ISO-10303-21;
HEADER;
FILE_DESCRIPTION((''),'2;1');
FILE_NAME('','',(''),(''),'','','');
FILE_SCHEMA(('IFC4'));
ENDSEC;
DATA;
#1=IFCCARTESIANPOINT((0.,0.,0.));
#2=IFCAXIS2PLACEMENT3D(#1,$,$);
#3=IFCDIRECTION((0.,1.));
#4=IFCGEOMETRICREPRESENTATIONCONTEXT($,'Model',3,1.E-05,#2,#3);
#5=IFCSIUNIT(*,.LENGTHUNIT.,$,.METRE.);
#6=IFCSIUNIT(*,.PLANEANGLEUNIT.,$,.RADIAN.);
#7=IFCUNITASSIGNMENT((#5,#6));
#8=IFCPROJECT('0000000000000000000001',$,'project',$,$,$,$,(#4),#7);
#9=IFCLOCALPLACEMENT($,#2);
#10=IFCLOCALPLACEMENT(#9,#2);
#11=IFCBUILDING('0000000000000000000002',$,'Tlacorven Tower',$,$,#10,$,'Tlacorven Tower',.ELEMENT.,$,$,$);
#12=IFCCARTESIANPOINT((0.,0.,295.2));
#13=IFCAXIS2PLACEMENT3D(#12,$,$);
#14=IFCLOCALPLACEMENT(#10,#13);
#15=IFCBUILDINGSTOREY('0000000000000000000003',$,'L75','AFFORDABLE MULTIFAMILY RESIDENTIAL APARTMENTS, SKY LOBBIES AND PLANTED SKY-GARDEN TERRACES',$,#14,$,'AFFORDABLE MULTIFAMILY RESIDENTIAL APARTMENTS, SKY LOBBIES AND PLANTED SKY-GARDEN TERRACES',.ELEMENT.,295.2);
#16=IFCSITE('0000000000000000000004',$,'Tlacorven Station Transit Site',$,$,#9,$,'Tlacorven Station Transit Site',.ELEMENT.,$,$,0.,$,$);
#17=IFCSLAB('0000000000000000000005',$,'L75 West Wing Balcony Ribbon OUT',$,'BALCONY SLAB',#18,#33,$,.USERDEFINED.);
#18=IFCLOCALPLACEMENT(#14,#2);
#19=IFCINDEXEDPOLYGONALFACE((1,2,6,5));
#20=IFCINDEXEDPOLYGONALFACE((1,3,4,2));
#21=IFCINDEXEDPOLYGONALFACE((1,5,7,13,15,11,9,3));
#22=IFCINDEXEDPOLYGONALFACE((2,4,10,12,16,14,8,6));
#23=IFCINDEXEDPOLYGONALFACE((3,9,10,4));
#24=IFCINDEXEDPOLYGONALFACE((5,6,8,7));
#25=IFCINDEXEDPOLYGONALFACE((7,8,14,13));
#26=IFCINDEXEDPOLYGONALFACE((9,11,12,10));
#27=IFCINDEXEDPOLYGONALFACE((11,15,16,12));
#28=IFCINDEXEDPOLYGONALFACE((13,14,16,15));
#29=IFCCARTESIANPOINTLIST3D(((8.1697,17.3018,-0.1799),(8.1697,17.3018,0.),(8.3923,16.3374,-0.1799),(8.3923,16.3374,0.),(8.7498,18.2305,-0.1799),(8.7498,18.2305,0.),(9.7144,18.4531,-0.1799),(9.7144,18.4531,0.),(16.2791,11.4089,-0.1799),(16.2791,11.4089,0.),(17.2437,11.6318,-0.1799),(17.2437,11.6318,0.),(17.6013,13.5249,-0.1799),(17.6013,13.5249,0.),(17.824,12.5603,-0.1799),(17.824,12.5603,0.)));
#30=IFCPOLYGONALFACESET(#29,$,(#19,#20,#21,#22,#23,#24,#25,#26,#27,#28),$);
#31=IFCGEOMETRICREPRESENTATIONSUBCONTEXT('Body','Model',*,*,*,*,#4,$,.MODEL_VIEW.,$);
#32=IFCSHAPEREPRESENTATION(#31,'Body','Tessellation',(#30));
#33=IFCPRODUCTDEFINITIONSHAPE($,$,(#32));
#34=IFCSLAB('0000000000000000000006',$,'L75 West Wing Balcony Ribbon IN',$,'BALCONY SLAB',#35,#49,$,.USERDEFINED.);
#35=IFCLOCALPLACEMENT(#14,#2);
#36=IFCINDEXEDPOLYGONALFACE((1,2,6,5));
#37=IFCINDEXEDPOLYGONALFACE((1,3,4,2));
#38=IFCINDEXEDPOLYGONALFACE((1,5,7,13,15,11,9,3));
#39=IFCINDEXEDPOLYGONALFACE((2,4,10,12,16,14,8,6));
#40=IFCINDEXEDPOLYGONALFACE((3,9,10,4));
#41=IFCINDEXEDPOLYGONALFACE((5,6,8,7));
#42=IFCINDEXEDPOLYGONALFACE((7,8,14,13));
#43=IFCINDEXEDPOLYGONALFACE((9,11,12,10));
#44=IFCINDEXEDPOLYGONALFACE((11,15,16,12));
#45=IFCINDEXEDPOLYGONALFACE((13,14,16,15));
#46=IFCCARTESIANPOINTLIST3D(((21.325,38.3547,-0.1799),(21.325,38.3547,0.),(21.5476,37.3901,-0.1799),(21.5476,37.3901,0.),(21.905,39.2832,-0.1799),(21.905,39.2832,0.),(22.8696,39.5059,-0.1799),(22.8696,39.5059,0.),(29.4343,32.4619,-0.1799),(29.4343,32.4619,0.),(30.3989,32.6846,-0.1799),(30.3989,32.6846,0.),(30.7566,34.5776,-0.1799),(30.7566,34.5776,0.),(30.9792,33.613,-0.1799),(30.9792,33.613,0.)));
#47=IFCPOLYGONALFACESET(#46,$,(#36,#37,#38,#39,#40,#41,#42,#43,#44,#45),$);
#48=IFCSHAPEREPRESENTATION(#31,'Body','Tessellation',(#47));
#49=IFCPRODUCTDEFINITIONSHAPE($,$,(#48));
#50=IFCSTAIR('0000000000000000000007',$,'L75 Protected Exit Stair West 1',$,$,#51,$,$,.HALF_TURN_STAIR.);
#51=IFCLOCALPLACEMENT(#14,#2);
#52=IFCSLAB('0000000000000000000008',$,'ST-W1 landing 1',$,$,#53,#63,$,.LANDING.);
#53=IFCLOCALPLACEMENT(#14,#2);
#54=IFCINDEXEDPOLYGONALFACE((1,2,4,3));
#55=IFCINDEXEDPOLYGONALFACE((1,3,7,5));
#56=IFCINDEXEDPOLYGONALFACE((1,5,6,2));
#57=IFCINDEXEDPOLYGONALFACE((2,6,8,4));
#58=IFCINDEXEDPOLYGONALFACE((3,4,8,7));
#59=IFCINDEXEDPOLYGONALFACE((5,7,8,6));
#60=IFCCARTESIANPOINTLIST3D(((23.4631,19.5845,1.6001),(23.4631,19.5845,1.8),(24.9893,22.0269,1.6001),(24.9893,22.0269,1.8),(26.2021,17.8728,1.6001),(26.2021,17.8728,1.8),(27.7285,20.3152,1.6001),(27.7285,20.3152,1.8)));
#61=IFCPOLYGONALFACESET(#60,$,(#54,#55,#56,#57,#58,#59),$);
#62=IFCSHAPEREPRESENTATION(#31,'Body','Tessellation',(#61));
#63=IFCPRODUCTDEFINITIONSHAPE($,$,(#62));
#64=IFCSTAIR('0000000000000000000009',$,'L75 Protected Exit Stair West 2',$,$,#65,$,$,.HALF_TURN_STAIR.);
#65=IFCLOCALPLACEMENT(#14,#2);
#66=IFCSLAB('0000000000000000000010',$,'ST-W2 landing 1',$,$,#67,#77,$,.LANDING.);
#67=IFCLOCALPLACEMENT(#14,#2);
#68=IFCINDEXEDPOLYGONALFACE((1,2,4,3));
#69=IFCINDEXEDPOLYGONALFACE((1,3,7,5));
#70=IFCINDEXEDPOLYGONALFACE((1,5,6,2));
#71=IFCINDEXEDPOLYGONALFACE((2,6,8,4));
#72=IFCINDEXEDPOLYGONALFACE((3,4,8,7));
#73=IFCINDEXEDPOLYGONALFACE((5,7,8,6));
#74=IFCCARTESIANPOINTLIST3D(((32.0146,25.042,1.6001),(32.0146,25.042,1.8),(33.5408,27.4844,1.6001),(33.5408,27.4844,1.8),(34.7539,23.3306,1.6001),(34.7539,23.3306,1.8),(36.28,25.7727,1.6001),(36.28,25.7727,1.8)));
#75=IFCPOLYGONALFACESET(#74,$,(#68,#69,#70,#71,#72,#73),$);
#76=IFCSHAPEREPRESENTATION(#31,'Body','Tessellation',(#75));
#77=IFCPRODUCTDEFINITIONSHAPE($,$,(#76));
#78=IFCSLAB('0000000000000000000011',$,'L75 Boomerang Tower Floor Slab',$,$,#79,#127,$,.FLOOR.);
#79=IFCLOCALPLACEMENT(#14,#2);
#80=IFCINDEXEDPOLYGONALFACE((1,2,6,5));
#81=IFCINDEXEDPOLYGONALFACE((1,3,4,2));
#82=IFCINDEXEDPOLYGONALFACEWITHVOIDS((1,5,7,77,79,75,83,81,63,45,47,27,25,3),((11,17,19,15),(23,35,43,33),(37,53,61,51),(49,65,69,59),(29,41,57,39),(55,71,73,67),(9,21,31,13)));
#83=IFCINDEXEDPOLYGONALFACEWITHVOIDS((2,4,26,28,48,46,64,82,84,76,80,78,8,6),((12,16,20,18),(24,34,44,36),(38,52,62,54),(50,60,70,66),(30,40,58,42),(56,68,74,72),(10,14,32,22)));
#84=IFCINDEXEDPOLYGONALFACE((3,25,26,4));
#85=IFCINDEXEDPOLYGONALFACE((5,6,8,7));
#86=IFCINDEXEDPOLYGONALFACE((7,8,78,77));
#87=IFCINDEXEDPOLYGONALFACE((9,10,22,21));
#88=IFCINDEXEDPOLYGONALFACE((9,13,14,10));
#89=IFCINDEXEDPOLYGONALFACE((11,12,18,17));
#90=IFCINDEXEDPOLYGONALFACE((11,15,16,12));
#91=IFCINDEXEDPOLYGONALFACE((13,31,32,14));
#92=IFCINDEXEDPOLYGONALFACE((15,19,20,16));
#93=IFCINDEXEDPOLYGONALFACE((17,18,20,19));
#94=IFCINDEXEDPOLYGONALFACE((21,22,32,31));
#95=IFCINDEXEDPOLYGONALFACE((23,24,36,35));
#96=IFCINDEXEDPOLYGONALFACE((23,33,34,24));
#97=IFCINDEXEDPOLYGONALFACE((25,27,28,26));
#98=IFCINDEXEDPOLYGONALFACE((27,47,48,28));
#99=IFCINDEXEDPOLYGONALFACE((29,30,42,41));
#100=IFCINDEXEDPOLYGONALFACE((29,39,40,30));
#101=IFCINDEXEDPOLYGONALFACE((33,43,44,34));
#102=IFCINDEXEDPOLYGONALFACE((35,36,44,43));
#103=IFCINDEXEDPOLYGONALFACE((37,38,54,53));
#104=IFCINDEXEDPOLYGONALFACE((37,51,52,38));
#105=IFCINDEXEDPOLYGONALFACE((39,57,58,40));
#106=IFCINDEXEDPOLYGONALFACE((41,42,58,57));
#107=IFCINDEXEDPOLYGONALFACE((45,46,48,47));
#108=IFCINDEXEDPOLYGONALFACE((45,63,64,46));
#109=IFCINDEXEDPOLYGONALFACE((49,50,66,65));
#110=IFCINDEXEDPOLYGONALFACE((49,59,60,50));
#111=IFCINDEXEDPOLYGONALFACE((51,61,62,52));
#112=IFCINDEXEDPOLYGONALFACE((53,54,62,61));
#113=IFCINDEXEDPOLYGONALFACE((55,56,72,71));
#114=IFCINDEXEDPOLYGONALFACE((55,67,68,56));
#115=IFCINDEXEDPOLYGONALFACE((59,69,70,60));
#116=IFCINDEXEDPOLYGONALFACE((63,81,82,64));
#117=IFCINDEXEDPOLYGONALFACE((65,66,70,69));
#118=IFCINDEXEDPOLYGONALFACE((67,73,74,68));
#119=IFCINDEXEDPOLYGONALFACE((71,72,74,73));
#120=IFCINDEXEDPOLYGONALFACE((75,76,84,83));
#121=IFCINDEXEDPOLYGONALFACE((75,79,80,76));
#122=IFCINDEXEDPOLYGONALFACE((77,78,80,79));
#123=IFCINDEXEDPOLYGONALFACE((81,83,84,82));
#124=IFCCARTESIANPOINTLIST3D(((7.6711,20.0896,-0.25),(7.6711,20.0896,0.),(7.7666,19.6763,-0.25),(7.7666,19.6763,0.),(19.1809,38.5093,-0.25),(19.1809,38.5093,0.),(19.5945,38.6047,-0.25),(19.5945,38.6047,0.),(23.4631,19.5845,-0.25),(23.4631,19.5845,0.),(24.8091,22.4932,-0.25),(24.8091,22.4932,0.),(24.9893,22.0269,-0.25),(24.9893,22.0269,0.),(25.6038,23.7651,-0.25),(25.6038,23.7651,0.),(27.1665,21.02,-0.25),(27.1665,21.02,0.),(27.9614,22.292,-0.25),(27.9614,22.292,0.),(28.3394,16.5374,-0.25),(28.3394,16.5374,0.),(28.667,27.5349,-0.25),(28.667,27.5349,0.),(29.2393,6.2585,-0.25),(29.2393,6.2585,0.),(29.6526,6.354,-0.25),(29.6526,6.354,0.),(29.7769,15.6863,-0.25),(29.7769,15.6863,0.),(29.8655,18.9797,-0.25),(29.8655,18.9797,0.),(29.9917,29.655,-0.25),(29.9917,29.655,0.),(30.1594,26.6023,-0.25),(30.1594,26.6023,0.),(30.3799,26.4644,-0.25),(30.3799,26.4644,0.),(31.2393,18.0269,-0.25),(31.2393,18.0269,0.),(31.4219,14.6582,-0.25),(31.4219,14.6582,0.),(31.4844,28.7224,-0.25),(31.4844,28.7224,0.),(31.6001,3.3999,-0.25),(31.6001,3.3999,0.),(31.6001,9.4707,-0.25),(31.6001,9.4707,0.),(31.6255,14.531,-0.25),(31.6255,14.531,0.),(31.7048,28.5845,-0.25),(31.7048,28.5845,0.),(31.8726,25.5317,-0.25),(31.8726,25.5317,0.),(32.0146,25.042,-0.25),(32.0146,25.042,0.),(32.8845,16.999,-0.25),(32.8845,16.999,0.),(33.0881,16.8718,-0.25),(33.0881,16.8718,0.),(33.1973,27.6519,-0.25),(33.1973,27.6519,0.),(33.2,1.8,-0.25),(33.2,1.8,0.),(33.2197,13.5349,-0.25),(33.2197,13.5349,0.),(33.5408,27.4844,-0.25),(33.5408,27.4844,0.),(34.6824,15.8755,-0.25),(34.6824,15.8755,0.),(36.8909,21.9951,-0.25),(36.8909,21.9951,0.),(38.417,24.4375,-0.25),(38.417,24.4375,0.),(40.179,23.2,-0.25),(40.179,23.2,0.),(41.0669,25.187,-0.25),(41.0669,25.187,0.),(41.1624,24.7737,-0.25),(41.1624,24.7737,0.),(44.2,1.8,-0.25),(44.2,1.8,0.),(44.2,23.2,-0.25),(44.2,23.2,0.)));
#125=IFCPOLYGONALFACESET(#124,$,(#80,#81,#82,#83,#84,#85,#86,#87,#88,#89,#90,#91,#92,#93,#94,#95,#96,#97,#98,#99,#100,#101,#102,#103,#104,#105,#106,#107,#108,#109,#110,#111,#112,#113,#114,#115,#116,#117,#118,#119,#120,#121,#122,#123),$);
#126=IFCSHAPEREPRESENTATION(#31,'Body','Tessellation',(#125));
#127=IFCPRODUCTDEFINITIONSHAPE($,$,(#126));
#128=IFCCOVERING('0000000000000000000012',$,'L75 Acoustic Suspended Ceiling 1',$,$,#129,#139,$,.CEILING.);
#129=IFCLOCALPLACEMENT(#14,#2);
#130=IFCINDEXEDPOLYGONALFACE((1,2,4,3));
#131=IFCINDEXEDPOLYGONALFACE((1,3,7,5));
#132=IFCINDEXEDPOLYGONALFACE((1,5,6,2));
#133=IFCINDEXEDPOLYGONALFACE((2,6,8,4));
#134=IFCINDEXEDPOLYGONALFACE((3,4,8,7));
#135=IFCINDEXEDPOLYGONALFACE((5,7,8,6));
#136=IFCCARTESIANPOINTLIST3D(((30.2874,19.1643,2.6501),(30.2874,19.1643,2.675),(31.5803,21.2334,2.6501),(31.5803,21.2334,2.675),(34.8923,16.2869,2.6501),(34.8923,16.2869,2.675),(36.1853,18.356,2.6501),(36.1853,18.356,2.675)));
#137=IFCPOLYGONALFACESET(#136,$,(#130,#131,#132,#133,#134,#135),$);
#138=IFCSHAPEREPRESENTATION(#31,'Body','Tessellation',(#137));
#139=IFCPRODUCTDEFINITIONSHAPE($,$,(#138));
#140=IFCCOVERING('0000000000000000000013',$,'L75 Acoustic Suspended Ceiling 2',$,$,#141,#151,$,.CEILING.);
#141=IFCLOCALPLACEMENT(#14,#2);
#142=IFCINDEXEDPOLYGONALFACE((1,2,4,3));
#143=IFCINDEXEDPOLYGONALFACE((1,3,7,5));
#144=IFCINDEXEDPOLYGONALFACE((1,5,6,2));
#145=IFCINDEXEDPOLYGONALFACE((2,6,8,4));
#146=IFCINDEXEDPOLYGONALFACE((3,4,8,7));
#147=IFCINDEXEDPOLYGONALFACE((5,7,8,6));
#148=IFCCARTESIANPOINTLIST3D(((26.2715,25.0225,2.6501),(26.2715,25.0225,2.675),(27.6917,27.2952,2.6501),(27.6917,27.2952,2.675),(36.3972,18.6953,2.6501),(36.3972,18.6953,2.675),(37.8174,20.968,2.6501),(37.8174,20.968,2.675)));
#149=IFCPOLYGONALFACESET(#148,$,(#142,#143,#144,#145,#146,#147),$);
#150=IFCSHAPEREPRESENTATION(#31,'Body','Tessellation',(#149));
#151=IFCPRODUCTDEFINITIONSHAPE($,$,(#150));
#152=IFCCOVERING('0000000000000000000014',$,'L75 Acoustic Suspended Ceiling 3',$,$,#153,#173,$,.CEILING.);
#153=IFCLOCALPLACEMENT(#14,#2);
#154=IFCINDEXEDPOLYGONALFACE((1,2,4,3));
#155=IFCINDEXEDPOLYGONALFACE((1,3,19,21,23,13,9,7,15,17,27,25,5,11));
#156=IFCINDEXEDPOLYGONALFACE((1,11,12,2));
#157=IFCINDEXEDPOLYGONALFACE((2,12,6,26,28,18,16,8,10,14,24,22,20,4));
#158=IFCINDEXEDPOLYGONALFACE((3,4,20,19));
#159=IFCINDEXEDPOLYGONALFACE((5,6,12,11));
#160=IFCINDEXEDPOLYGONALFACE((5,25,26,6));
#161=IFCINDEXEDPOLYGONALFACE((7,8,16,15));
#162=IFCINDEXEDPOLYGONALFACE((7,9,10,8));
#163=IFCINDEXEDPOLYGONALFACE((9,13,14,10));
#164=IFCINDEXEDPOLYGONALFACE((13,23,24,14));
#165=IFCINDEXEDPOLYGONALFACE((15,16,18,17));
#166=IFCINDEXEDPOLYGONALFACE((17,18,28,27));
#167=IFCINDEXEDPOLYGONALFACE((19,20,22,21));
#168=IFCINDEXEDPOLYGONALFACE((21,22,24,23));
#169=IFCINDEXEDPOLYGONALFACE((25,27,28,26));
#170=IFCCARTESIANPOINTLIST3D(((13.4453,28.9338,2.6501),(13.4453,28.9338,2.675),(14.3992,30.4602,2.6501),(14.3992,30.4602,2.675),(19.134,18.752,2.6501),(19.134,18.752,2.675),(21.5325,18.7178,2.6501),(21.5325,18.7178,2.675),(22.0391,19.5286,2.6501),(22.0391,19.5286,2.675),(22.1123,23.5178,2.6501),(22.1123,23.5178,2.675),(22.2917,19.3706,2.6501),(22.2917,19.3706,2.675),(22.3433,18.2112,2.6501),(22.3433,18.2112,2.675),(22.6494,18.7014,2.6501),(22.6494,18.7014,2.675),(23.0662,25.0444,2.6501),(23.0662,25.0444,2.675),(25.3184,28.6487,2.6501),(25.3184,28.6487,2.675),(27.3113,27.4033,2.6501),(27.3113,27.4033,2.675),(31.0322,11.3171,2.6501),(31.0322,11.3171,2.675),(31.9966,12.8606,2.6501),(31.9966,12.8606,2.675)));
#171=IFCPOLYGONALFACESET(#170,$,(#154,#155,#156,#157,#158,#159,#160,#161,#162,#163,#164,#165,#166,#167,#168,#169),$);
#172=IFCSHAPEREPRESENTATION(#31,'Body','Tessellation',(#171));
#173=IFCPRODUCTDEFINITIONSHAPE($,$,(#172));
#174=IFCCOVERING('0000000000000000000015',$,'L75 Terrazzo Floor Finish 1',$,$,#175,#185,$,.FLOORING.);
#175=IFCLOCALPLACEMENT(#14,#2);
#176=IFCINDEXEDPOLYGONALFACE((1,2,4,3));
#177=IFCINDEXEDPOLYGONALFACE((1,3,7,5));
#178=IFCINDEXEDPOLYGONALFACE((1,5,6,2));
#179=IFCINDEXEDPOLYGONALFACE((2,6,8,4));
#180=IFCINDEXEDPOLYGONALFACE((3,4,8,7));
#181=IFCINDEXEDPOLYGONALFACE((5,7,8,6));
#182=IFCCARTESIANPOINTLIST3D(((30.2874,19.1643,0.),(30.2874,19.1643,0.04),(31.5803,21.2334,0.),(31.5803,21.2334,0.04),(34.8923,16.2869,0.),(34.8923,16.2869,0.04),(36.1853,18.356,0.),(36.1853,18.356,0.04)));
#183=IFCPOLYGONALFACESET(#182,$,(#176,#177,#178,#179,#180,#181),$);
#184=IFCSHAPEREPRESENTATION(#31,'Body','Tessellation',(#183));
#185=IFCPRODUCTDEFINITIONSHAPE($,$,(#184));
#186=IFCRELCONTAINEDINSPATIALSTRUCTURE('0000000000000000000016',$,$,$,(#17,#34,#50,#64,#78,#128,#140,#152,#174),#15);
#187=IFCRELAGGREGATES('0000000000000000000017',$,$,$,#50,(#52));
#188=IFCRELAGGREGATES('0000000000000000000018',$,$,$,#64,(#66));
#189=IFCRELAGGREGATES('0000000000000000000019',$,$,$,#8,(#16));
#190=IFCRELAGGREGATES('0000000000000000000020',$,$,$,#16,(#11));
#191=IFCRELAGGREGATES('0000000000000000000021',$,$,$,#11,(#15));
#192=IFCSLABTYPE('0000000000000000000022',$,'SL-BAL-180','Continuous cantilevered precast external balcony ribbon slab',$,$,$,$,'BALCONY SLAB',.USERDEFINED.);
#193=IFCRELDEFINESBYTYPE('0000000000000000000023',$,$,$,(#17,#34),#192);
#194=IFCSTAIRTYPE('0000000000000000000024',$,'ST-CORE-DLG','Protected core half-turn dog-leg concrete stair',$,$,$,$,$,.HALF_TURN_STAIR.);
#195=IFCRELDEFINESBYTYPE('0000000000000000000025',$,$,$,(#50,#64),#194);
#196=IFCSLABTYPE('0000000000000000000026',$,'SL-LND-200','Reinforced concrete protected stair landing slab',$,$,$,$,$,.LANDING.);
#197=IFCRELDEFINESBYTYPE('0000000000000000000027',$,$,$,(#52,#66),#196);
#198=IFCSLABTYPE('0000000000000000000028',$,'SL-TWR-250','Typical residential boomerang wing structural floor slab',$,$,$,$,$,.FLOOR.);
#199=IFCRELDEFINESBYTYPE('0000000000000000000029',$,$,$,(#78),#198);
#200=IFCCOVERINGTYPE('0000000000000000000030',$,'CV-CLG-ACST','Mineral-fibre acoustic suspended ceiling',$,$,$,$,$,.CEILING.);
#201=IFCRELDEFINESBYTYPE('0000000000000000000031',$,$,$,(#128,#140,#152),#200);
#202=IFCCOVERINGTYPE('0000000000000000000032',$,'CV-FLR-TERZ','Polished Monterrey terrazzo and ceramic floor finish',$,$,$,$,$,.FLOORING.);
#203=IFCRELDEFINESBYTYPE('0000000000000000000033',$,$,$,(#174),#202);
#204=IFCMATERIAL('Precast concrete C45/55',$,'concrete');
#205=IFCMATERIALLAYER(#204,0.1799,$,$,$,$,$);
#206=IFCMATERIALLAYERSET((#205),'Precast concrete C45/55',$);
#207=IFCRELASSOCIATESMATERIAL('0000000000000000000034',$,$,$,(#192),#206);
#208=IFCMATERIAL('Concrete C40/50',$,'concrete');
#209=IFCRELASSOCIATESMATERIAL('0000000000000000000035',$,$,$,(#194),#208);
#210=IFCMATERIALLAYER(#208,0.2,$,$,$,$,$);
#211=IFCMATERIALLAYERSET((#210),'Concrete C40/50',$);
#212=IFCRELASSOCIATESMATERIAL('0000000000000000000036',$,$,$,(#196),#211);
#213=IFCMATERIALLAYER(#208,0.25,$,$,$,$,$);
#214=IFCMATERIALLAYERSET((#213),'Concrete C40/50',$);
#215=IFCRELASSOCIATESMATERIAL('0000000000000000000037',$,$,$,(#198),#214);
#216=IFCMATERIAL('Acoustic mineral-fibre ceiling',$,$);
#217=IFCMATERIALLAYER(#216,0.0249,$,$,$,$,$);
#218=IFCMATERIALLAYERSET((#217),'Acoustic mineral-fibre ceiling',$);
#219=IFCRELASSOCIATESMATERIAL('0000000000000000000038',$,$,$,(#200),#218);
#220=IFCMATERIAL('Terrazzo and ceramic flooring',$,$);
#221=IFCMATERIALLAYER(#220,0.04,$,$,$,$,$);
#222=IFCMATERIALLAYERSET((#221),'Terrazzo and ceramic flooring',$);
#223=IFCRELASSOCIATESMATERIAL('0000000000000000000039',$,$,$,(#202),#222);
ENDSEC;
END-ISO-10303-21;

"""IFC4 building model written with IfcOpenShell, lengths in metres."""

from ifc_helpers import new_model, si_unit, direction, frame, origin, place, context, subcontext, project, spatial, polyline, outline, extrude, material, layer, layer_set, type_object, element, aggregate, save


model = new_model("IFC4")

# Units and contexts
model_context = context("Model", 3, precision=1e-05, world=origin(), true_north=direction((0.0, 1.0)))
body_context = subcontext(model_context, "Body", "Model", "MODEL_VIEW")
ifc_project = project(units=[si_unit("LENGTHUNIT", "METRE"), si_unit("PLANEANGLEUNIT", "RADIAN")], contexts=[model_context])

# Site, building, storey
site_placement = place(None, origin())
site = spatial("IfcSite", under=ifc_project, at=site_placement, Name="Tlacorven Station Transit Site", LongName="Tlacorven Station Transit Site", CompositionType="ELEMENT", RefElevation=0.0)
building_placement = place(site_placement, origin())
building = spatial("IfcBuilding", under=site, at=building_placement, Name="Tlacorven Tower", LongName="Tlacorven Tower", CompositionType="ELEMENT")
storey_placement = place(building_placement, frame((0.0, 0.0, 295.2)))
storey = spatial("IfcBuildingStorey", under=building, at=storey_placement, Name="L75", Description="AFFORDABLE MULTIFAMILY RESIDENTIAL APARTMENTS, SKY LOBBIES AND PLANTED SKY-GARDEN TERRACES", LongName="AFFORDABLE MULTIFAMILY RESIDENTIAL APARTMENTS, SKY LOBBIES AND PLANTED SKY-GARDEN TERRACES", CompositionType="ELEMENT", Elevation=295.2)

# Slabs
ifc_material_1 = material(Name="Precast concrete C45/55", Category="concrete")
ifc_layer_1 = layer(ifc_material_1, 0.1799)
ifc_layer_set_1 = layer_set([ifc_layer_1], Name="Precast concrete C45/55")
slab_type_1 = type_object("IfcSlabType", Name="SL-BAL-180", Description="Continuous cantilevered precast external balcony ribbon slab", ElementType="BALCONY SLAB", PredefinedType="USERDEFINED", material=ifc_layer_set_1)
slab_1_placement = place(storey_placement, frame((0.0, 0.0, -0.1799)))
element("IfcSlab", 1, at=slab_1_placement, inside=storey, type_object=slab_type_1, Name="L75 West Wing Balcony Ribbon OUT", ObjectType="BALCONY SLAB", PredefinedType="USERDEFINED", context=body_context, shape_type="SweptSolid", body=[
    extrude(outline(polyline([(17.6013, 13.5249), (9.7144, 18.4531), (8.7498, 18.2305), (8.1697, 17.3018), (8.3923, 16.3374), (16.2791, 11.4089), (17.2437, 11.6318), (17.824, 12.5603), (17.6013, 13.5249)])), origin(), (0.0, 0.0, 1.0), 0.1799),
])
slab_2_placement = place(storey_placement, frame((0.0, 0.0, -0.1799)))
element("IfcSlab", 2, at=slab_2_placement, inside=storey, type_object=slab_type_1, Name="L75 West Wing Balcony Ribbon IN", ObjectType="BALCONY SLAB", PredefinedType="USERDEFINED", context=body_context, shape_type="SweptSolid", body=[
    extrude(outline(polyline([(30.7566, 34.5776), (22.8696, 39.5059), (21.905, 39.2832), (21.325, 38.3547), (21.5476, 37.3901), (29.4343, 32.4619), (30.3989, 32.6846), (30.9792, 33.613), (30.7566, 34.5776)])), origin(), (0.0, 0.0, 1.0), 0.1799),
])

# Stairs, slabs
ifc_material_2 = material(Name="Concrete C40/50", Category="concrete")
stair_type = type_object("IfcStairType", Name="ST-CORE-DLG", Description="Protected core half-turn dog-leg concrete stair", PredefinedType="HALF_TURN_STAIR", material=ifc_material_2)
stair_1_placement = place(storey_placement, origin())
stair_1 = element("IfcStair", 3, at=stair_1_placement, inside=storey, type_object=stair_type, Name="L75 Protected Exit Stair West 1", PredefinedType="HALF_TURN_STAIR")
ifc_layer_2 = layer(ifc_material_2, 0.2)
ifc_layer_set_2 = layer_set([ifc_layer_2], Name="Concrete C40/50")
slab_type_2 = type_object("IfcSlabType", Name="SL-LND-200", Description="Reinforced concrete protected stair landing slab", PredefinedType="LANDING", material=ifc_layer_set_2)
slab_3_placement = place(storey_placement, frame((0.0, 0.0, 1.6001)))
slab_3 = element("IfcSlab", 4, at=slab_3_placement, type_object=slab_type_2, Name="ST-W1 landing 1", PredefinedType="LANDING", context=body_context, shape_type="SweptSolid", body=[
    extrude(outline(polyline([(27.7285, 20.3152), (24.9893, 22.0269), (23.4631, 19.5845), (26.2021, 17.8728), (27.7285, 20.3152)])), origin(), (0.0, 0.0, 1.0), 0.2),
])
aggregate(stair_1, [slab_3])
stair_2_placement = place(storey_placement, origin())
stair_2 = element("IfcStair", 5, at=stair_2_placement, inside=storey, type_object=stair_type, Name="L75 Protected Exit Stair West 2", PredefinedType="HALF_TURN_STAIR")
slab_4_placement = place(storey_placement, frame((0.0, 0.0, 1.6001)))
slab_4 = element("IfcSlab", 6, at=slab_4_placement, type_object=slab_type_2, Name="ST-W2 landing 1", PredefinedType="LANDING", context=body_context, shape_type="SweptSolid", body=[
    extrude(outline(polyline([(36.28, 25.7727), (33.5408, 27.4844), (32.0146, 25.042), (34.7539, 23.3306), (36.28, 25.7727)])), origin(), (0.0, 0.0, 1.0), 0.2),
])
aggregate(stair_2, [slab_4])

# Slab
ifc_layer_3 = layer(ifc_material_2, 0.25)
ifc_layer_set_3 = layer_set([ifc_layer_3], Name="Concrete C40/50")
slab_type_3 = type_object("IfcSlabType", Name="SL-TWR-250", Description="Typical residential boomerang wing structural floor slab", PredefinedType="FLOOR", material=ifc_layer_set_3)
slab_5_placement = place(storey_placement, frame((0.0, 0.0, -0.25)))
element("IfcSlab", 7, at=slab_5_placement, inside=storey, type_object=slab_type_3, Name="L75 Boomerang Tower Floor Slab", PredefinedType="FLOOR", context=body_context, shape_type="SweptSolid", body=[
    extrude(outline(polyline([(44.2, 23.2), (44.2, 1.8), (33.2, 1.8), (31.6001, 3.3999), (31.6001, 9.4707), (29.6526, 6.354), (29.2393, 6.2585), (7.7666, 19.6763), (7.6711, 20.0896), (19.1809, 38.5093), (19.5945, 38.6047), (41.0669, 25.187), (41.1624, 24.7737), (40.179, 23.2), (44.2, 23.2)]), holes=[polyline([(29.8655, 18.9797), (24.9893, 22.0269), (23.4631, 19.5845), (28.3394, 16.5374), (29.8655, 18.9797)]), polyline([(38.417, 24.4375), (33.5408, 27.4844), (32.0146, 25.042), (36.8909, 21.9951), (38.417, 24.4375)]), polyline([(34.6824, 15.8755), (33.0881, 16.8718), (31.6255, 14.531), (33.2197, 13.5349), (34.6824, 15.8755)]), polyline([(32.8845, 16.999), (31.2393, 18.0269), (29.7769, 15.6863), (31.4219, 14.6582), (32.8845, 16.999)]), polyline([(33.1973, 27.6519), (31.7048, 28.5845), (30.3799, 26.4644), (31.8726, 25.5317), (33.1973, 27.6519)]), polyline([(31.4844, 28.7224), (29.9917, 29.655), (28.667, 27.5349), (30.1594, 26.6023), (31.4844, 28.7224)]), polyline([(27.9614, 22.292), (25.6038, 23.7651), (24.8091, 22.4932), (27.1665, 21.02), (27.9614, 22.292)])]), origin(), (0.0, 0.0, 1.0), 0.25),
])

# Coverings
ifc_material_3 = material(Name="Acoustic mineral-fibre ceiling")
ifc_layer_4 = layer(ifc_material_3, 0.0249)
ifc_layer_set_4 = layer_set([ifc_layer_4], Name="Acoustic mineral-fibre ceiling")
covering_type_1 = type_object("IfcCoveringType", Name="CV-CLG-ACST", Description="Mineral-fibre acoustic suspended ceiling", PredefinedType="CEILING", material=ifc_layer_set_4)
covering_1_placement = place(storey_placement, frame((0.0, 0.0, 2.6501)))
element("IfcCovering", 8, at=covering_1_placement, inside=storey, type_object=covering_type_1, Name="L75 Acoustic Suspended Ceiling 1", PredefinedType="CEILING", context=body_context, shape_type="SweptSolid", body=[
    extrude(outline(polyline([(36.1853, 18.356), (34.8923, 16.2869), (30.2874, 19.1643), (31.5803, 21.2334), (36.1853, 18.356)])), origin(), (0.0, 0.0, 1.0), 0.0249),
])
covering_2_placement = place(storey_placement, frame((0.0, 0.0, 2.6501)))
element("IfcCovering", 9, at=covering_2_placement, inside=storey, type_object=covering_type_1, Name="L75 Acoustic Suspended Ceiling 2", PredefinedType="CEILING", context=body_context, shape_type="SweptSolid", body=[
    extrude(outline(polyline([(37.8174, 20.968), (36.3972, 18.6953), (26.2715, 25.0225), (27.6917, 27.2952), (37.8174, 20.968)])), origin(), (0.0, 0.0, 1.0), 0.0249),
])
covering_3_placement = place(storey_placement, frame((0.0, 0.0, 2.6501)))
element("IfcCovering", 10, at=covering_3_placement, inside=storey, type_object=covering_type_1, Name="L75 Acoustic Suspended Ceiling 3", PredefinedType="CEILING", context=body_context, shape_type="SweptSolid", body=[
    extrude(outline(polyline([(19.134, 18.752), (22.1123, 23.5178), (13.4453, 28.9338), (14.3992, 30.4602), (23.0662, 25.0444), (25.3184, 28.6487), (27.3113, 27.4033), (22.2917, 19.3706), (22.0391, 19.5286), (21.5325, 18.7178), (22.3433, 18.2112), (22.6494, 18.7014), (31.9966, 12.8606), (31.0322, 11.3171), (19.134, 18.752)])), origin(), (0.0, 0.0, 1.0), 0.0249),
])
ifc_material_4 = material(Name="Terrazzo and ceramic flooring")
ifc_layer_5 = layer(ifc_material_4, 0.04)
ifc_layer_set_5 = layer_set([ifc_layer_5], Name="Terrazzo and ceramic flooring")
covering_type_2 = type_object("IfcCoveringType", Name="CV-FLR-TERZ", Description="Polished Monterrey terrazzo and ceramic floor finish", PredefinedType="FLOORING", material=ifc_layer_set_5)
covering_4_placement = place(storey_placement, origin())
element("IfcCovering", 11, at=covering_4_placement, inside=storey, type_object=covering_type_2, Name="L75 Terrazzo Floor Finish 1", PredefinedType="FLOORING", context=body_context, shape_type="SweptSolid", body=[
    extrude(outline(polyline([(36.1853, 18.356), (34.8923, 16.2869), (30.2874, 19.1643), (31.5803, 21.2334), (36.1853, 18.356)])), origin(), (0.0, 0.0, 1.0), 0.04),
])

save(model, "model.ifc")
